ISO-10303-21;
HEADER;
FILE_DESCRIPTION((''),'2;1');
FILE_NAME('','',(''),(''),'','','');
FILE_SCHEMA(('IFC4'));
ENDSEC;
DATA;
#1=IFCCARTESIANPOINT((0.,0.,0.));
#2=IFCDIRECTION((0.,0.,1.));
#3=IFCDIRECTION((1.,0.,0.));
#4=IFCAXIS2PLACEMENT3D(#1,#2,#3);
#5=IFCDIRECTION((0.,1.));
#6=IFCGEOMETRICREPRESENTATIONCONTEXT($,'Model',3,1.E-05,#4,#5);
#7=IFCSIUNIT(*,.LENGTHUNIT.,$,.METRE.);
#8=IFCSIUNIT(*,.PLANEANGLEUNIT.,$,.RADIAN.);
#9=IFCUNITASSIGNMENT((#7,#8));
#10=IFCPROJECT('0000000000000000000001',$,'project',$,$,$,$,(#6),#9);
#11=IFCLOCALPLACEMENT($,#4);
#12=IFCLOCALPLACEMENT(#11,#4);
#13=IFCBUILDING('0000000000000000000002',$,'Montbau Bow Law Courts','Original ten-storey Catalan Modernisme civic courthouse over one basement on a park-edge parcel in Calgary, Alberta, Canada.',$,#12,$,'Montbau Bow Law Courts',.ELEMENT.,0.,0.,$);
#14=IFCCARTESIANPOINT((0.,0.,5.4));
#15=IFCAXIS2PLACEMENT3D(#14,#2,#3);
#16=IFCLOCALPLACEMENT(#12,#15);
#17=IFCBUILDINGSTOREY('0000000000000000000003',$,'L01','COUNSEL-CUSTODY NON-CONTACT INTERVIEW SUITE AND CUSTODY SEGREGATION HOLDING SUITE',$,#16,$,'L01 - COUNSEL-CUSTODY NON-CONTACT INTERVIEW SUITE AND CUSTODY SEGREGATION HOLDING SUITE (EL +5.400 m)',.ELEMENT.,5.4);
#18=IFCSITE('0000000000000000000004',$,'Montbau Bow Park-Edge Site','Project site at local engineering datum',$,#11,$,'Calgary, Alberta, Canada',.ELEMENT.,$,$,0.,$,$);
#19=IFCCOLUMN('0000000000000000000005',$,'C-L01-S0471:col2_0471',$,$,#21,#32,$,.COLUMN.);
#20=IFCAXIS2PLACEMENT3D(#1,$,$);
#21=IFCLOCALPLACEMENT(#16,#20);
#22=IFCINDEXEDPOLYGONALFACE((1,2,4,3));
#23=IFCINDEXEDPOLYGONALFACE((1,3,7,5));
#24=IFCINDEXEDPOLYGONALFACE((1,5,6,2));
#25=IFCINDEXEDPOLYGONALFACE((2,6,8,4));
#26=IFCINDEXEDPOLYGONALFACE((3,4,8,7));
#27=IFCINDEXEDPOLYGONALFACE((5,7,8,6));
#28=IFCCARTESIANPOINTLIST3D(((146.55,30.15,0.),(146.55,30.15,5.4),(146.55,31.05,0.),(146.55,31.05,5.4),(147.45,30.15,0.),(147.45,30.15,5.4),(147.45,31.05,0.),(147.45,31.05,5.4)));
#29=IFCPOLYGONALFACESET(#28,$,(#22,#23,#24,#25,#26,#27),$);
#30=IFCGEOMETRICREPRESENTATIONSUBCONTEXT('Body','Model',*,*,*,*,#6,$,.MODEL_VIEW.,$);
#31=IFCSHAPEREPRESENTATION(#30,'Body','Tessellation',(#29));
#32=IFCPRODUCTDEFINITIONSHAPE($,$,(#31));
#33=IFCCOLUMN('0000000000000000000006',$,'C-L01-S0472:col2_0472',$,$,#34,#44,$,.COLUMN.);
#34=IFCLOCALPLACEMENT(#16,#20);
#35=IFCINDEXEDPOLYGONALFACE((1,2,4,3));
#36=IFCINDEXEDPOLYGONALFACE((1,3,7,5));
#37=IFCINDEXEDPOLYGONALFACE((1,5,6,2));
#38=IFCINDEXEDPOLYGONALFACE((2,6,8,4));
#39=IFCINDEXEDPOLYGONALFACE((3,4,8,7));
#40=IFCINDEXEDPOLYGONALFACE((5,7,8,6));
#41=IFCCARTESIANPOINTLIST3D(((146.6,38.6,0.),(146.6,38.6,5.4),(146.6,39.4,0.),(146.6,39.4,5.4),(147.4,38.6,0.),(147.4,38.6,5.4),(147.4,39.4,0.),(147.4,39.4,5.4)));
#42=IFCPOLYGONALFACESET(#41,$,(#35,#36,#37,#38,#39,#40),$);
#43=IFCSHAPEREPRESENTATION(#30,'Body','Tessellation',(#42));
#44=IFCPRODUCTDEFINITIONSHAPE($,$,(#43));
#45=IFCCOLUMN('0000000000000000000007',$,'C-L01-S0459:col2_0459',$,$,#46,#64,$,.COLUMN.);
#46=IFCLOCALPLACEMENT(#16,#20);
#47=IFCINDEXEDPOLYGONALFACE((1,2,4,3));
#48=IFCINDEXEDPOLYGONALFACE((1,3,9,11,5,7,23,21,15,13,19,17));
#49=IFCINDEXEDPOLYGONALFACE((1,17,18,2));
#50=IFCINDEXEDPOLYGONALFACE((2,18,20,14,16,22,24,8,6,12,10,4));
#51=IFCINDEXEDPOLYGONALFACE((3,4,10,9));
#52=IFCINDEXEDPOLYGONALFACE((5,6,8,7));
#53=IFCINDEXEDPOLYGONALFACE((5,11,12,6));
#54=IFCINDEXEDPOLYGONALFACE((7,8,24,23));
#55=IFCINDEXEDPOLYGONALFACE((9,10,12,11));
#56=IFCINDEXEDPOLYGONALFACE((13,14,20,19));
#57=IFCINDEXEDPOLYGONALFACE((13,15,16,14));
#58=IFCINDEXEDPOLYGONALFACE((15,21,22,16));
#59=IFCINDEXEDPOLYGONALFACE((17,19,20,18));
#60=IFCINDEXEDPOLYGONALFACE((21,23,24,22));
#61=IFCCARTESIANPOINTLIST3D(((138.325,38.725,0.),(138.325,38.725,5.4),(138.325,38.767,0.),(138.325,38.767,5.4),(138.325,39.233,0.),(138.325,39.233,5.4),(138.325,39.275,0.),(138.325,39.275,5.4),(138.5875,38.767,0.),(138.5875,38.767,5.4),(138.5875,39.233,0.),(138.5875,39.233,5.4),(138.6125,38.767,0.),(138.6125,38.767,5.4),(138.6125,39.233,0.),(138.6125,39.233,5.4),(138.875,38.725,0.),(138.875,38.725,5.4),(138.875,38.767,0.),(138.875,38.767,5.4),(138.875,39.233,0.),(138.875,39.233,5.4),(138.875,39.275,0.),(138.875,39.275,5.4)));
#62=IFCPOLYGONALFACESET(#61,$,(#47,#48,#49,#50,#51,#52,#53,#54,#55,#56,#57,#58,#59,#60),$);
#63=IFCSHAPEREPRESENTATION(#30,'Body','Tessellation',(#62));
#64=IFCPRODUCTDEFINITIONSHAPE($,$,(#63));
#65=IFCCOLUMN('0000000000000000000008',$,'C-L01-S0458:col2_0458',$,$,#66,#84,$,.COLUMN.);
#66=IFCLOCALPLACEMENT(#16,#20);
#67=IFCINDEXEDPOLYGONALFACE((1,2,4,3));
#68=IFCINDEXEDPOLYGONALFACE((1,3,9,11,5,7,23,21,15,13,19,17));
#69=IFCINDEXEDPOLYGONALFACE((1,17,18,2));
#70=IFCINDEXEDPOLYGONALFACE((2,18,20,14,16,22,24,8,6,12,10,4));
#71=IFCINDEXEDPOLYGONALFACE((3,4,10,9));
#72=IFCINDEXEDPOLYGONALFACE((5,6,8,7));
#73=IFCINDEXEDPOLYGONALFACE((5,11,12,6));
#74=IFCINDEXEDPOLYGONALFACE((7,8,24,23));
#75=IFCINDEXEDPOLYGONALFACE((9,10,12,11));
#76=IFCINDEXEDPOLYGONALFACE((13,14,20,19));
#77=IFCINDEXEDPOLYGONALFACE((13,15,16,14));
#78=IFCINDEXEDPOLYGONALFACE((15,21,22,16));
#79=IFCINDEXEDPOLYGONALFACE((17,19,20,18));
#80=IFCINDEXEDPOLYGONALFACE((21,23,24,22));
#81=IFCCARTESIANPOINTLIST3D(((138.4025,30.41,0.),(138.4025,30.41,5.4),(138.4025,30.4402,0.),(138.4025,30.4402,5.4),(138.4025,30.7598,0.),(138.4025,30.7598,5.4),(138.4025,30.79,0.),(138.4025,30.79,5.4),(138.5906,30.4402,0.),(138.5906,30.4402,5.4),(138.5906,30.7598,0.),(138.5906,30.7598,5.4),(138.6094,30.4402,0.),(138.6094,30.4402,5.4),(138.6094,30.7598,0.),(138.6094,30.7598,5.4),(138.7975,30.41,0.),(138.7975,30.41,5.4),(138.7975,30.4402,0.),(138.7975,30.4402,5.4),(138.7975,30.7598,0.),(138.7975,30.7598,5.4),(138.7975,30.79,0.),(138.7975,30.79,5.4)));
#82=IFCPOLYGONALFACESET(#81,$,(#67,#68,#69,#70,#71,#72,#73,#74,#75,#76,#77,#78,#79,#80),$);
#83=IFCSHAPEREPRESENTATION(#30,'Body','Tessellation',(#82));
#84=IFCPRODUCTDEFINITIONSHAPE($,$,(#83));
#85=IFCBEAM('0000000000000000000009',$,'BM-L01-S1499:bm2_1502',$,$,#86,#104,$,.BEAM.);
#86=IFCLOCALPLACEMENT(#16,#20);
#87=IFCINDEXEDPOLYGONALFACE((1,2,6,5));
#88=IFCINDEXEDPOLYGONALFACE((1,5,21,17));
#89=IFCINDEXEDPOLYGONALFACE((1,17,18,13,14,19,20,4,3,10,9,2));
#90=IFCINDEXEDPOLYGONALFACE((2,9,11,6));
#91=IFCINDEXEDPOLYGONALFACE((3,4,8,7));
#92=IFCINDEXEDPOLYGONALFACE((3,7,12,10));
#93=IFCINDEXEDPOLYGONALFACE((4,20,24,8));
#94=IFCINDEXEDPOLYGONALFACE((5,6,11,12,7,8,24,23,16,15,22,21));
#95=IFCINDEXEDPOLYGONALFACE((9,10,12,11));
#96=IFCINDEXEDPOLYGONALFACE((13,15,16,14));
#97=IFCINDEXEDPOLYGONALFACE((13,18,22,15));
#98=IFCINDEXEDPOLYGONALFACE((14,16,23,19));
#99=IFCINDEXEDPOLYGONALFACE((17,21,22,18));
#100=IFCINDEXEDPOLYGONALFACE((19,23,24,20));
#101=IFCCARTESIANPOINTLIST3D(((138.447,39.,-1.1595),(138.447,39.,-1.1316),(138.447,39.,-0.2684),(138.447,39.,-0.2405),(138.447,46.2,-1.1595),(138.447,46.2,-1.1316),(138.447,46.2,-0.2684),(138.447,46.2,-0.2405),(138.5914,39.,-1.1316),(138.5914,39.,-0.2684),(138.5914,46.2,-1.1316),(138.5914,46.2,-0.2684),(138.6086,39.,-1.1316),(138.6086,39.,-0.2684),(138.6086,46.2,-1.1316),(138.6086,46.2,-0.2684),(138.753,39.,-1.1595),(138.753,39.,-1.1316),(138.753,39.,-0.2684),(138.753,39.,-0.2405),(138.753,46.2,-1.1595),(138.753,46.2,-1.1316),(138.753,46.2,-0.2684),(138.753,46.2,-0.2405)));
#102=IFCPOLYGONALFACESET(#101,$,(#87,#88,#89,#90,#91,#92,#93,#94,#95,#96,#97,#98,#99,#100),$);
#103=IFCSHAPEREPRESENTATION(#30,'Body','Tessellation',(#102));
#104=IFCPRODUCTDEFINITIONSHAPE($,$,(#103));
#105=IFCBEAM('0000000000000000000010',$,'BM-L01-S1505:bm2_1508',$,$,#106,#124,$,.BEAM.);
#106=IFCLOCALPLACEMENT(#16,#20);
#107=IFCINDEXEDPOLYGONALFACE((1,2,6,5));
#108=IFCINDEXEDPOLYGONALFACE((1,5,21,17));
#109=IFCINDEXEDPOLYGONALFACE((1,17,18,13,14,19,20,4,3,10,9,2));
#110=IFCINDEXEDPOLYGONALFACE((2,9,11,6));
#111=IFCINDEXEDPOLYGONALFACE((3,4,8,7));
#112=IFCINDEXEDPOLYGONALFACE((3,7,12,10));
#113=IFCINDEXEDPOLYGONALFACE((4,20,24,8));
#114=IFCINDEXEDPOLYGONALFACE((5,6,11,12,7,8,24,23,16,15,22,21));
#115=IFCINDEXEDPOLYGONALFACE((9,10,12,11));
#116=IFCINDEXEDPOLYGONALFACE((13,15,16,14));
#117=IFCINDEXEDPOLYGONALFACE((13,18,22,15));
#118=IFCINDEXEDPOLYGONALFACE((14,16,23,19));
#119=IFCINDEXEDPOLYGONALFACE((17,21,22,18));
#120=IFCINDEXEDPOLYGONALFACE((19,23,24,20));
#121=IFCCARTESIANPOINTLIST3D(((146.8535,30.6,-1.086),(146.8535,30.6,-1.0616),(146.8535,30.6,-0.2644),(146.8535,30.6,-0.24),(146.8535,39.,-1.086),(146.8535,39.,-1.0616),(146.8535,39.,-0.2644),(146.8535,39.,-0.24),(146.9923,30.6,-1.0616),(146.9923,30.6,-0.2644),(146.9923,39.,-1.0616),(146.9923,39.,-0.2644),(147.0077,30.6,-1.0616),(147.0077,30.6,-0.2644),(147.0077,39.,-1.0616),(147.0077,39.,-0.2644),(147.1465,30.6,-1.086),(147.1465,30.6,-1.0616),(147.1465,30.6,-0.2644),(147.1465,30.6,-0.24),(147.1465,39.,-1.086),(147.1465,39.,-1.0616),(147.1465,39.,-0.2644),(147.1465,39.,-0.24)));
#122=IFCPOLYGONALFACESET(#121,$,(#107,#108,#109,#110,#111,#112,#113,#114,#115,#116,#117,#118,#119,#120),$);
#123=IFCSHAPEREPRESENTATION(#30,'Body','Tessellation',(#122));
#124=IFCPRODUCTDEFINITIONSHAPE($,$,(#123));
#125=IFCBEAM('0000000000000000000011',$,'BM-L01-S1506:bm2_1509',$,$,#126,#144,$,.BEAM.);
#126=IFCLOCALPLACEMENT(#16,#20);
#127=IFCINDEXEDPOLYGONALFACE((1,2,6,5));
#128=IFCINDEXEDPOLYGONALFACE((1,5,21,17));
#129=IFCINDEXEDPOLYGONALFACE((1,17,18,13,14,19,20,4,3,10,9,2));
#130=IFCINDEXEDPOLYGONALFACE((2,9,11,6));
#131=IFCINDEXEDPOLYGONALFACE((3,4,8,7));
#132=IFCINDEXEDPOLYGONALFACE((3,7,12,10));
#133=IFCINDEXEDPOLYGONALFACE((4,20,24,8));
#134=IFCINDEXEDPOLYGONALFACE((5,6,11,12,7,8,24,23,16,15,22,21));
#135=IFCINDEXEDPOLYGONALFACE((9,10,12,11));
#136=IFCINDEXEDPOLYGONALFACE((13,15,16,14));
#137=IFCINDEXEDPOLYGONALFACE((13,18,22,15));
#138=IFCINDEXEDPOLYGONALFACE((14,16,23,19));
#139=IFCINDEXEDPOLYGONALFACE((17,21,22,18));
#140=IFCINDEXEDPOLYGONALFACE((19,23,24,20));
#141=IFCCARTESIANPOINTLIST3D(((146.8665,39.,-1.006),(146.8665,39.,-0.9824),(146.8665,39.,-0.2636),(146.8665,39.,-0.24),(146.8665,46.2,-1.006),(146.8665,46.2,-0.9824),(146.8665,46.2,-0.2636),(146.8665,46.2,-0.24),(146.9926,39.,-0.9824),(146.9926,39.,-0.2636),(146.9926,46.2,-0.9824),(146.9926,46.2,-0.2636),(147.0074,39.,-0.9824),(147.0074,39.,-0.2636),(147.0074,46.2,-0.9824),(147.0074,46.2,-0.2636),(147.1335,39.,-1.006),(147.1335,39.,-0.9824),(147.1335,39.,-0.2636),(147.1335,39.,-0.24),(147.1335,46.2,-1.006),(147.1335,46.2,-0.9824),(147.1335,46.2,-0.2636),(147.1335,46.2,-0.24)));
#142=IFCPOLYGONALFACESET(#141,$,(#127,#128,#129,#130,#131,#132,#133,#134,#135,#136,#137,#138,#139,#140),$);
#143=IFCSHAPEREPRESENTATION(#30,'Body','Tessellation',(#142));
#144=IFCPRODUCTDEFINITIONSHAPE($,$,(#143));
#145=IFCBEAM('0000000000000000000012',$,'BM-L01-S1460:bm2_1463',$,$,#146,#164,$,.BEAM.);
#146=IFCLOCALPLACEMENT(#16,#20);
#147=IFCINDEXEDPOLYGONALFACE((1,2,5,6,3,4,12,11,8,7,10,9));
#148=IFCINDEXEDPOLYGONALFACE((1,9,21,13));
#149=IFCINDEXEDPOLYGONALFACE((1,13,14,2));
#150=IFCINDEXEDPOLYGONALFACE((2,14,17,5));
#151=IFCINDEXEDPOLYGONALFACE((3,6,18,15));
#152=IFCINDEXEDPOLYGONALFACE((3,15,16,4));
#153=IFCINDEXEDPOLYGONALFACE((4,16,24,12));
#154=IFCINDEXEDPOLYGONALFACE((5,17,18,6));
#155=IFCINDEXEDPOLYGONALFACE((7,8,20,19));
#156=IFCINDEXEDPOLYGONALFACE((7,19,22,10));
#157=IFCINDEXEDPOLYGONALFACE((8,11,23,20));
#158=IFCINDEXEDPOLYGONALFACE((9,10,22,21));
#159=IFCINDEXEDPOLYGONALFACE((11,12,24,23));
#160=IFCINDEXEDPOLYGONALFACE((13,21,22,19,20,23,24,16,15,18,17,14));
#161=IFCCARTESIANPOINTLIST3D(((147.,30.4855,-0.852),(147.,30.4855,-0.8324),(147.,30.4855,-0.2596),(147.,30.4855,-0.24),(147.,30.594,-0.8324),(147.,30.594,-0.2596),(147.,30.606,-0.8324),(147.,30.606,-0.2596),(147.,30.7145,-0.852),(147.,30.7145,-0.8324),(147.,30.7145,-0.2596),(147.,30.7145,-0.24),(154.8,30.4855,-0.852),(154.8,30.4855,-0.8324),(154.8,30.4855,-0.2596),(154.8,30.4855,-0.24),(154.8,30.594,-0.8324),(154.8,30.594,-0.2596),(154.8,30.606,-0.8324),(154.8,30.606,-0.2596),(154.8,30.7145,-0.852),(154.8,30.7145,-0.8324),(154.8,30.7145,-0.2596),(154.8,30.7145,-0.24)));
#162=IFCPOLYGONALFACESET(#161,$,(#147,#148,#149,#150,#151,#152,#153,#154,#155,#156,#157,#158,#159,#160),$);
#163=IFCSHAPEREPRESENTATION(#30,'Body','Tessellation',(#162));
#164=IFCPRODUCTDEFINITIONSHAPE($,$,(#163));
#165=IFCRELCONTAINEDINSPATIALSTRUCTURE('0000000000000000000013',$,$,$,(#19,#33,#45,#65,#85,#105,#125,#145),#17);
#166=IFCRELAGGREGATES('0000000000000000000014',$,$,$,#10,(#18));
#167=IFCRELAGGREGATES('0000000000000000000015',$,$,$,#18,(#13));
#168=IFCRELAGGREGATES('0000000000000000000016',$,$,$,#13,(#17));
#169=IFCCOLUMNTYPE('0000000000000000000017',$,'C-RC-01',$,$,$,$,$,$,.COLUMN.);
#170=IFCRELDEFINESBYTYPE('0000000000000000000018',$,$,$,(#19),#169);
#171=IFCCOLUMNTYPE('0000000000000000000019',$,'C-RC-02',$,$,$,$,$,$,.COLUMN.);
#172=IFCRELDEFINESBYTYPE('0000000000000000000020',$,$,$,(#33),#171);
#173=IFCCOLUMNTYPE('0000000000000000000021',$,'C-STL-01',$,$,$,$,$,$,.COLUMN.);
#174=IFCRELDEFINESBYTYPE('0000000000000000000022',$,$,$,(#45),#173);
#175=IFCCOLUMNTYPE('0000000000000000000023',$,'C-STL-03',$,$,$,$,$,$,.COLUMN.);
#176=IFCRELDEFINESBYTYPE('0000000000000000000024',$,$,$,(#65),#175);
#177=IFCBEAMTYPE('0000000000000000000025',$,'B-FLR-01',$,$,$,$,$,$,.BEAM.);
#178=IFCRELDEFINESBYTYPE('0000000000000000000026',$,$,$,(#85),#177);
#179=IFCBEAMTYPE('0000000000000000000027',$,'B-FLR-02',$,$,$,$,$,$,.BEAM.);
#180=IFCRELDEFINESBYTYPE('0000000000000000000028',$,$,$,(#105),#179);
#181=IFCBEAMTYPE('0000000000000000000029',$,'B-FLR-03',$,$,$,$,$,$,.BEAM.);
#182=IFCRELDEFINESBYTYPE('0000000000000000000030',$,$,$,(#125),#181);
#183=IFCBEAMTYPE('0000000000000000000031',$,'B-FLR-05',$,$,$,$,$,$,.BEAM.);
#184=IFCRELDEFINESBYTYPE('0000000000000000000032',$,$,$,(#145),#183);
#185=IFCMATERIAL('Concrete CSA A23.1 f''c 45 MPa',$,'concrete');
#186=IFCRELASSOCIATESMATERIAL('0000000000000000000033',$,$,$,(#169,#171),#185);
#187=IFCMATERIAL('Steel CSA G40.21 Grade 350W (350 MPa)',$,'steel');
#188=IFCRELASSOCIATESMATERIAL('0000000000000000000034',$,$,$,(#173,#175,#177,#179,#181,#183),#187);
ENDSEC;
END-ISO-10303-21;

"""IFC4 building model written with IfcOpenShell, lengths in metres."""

from ifc_helpers import new_model, si_unit, direction, frame, origin_with_axes, origin_2d_with_axis, place, context, subcontext, project, spatial, rectangle, i_section, extrude, material, material_profile, profile_set, type_object, element, save


model = new_model("IFC4")

# Units and contexts
model_context = context("Model", 3, precision=1e-05, world=origin_with_axes(), true_north=direction((0.0, 1.0)))
body_context = subcontext(model_context, "Body", "Model", "MODEL_VIEW")
ifc_project = project(units=[si_unit("LENGTHUNIT", "METRE"), si_unit("PLANEANGLEUNIT", "RADIAN")], contexts=[model_context])

# Site, building, storey
site_placement = place(None, origin_with_axes())
site = spatial("IfcSite", under=ifc_project, at=site_placement, Name="Montbau Bow Park-Edge Site", Description="Project site at local engineering datum", LongName="Calgary, Alberta, Canada", CompositionType="ELEMENT", RefElevation=0.0)
building_placement = place(site_placement, origin_with_axes())
building = spatial("IfcBuilding", under=site, at=building_placement, Name="Montbau Bow Law Courts", Description="Original ten-storey Catalan Modernisme civic courthouse over one basement on a park-edge parcel in Calgary, Alberta, Canada.", LongName="Montbau Bow Law Courts", CompositionType="ELEMENT", ElevationOfRefHeight=0.0, ElevationOfTerrain=0.0)
storey_placement = place(building_placement, frame((0.0, 0.0, 5.4), z_axis=(0.0, 0.0, 1.0), x_axis=(1.0, 0.0, 0.0)))
storey = spatial("IfcBuildingStorey", under=building, at=storey_placement, Name="L01", Description="COUNSEL-CUSTODY NON-CONTACT INTERVIEW SUITE AND CUSTODY SEGREGATION HOLDING SUITE", LongName="L01 - COUNSEL-CUSTODY NON-CONTACT INTERVIEW SUITE AND CUSTODY SEGREGATION HOLDING SUITE (EL +5.400 m)", CompositionType="ELEMENT", Elevation=5.4)

# Columns
ifc_material_1 = material(Name="Concrete CSA A23.1 f'c 45 MPa", Category="concrete")
ifc_material_profile_1 = material_profile(ifc_material_1, rectangle(XDim=0.9, YDim=0.9, at=origin_2d_with_axis()), Name="RC900X900", Category="Main", Priority=0)
ifc_profile_set_1 = profile_set([ifc_material_profile_1], Name="Concrete CSA A23.1 f'c 45 MPa")
column_type_1 = type_object("IfcColumnType", Name="C-RC-01", PredefinedType="COLUMN", material=ifc_profile_set_1)
column_1_placement = place(None, frame((147.0, 30.6, 5.4), z_axis=(0.0, 0.0, 1.0), x_axis=(1.0, 0.0, 0.0)))
element("IfcColumn", 1, at=column_1_placement, inside=storey, type_object=column_type_1, Name="C-L01-S0471:col2_0471", PredefinedType="COLUMN", context=body_context, shape_type="SweptSolid", body=[
    extrude(rectangle(XDim=0.9, YDim=0.9, at=origin_2d_with_axis()), origin_with_axes(), (0.0, 0.0, 1.0), 5.4),
])
ifc_material_profile_2 = material_profile(ifc_material_1, rectangle(XDim=0.8, YDim=0.8, at=origin_2d_with_axis()), Name="RC800X800", Category="Main", Priority=0)
ifc_profile_set_2 = profile_set([ifc_material_profile_2], Name="Concrete CSA A23.1 f'c 45 MPa")
column_type_2 = type_object("IfcColumnType", Name="C-RC-02", PredefinedType="COLUMN", material=ifc_profile_set_2)
column_2_placement = place(None, frame((147.0, 39.0, 5.4), z_axis=(0.0, 0.0, 1.0), x_axis=(1.0, 0.0, 0.0)))
element("IfcColumn", 2, at=column_2_placement, inside=storey, type_object=column_type_2, Name="C-L01-S0472:col2_0472", PredefinedType="COLUMN", context=body_context, shape_type="SweptSolid", body=[
    extrude(rectangle(XDim=0.8, YDim=0.8, at=origin_2d_with_axis()), origin_with_axes(), (0.0, 0.0, 1.0), 5.4),
])
ifc_material_2 = material(Name="Steel CSA G40.21 Grade 350W (350 MPa)", Category="steel")
ifc_material_profile_3 = material_profile(ifc_material_2, i_section(OverallWidth=0.55, OverallDepth=0.55, WebThickness=0.025, FlangeThickness=0.042, at=origin_2d_with_axis()), Name="WWF550X420", Category="Main", Priority=0)
ifc_profile_set_3 = profile_set([ifc_material_profile_3], Name="Steel CSA G40.21 Grade 350W (350 MPa)")
column_type_3 = type_object("IfcColumnType", Name="C-STL-01", PredefinedType="COLUMN", material=ifc_profile_set_3)
column_3_placement = place(None, frame((138.6, 39.0, 5.4), z_axis=(0.0, 0.0, 1.0), x_axis=(1.0, 0.0, 0.0)))
element("IfcColumn", 3, at=column_3_placement, inside=storey, type_object=column_type_3, Name="C-L01-S0459:col2_0459", PredefinedType="COLUMN", context=body_context, shape_type="SweptSolid", body=[
    extrude(i_section(OverallWidth=0.55, OverallDepth=0.55, WebThickness=0.025, FlangeThickness=0.042, at=origin_2d_with_axis()), origin_with_axes(), (0.0, 0.0, 1.0), 5.4),
])
ifc_material_profile_4 = material_profile(ifc_material_2, i_section(OverallWidth=0.395, OverallDepth=0.38, WebThickness=0.0189, FlangeThickness=0.0302, at=origin_2d_with_axis()), Name="W360X237", Category="Main", Priority=0)
ifc_profile_set_4 = profile_set([ifc_material_profile_4], Name="Steel CSA G40.21 Grade 350W (350 MPa)")
column_type_4 = type_object("IfcColumnType", Name="C-STL-03", PredefinedType="COLUMN", material=ifc_profile_set_4)
column_4_placement = place(None, frame((138.6, 30.6, 5.4), z_axis=(0.0, 0.0, 1.0), x_axis=(1.0, 0.0, 0.0)))
element("IfcColumn", 4, at=column_4_placement, inside=storey, type_object=column_type_4, Name="C-L01-S0458:col2_0458", PredefinedType="COLUMN", context=body_context, shape_type="SweptSolid", body=[
    extrude(i_section(OverallWidth=0.395, OverallDepth=0.38, WebThickness=0.0189, FlangeThickness=0.0302, at=origin_2d_with_axis()), origin_with_axes(), (0.0, 0.0, 1.0), 5.4),
])

# Beams
ifc_material_profile_5 = material_profile(ifc_material_2, i_section(OverallWidth=0.306, OverallDepth=0.919, WebThickness=0.0173, FlangeThickness=0.0279, at=origin_2d_with_axis()), Name="W920X253", Category="Main", Priority=0)
ifc_profile_set_5 = profile_set([ifc_material_profile_5], Name="Steel CSA G40.21 Grade 350W (350 MPa)")
beam_type_1 = type_object("IfcBeamType", Name="B-FLR-01", PredefinedType="BEAM", material=ifc_profile_set_5)
beam_1_placement = place(None, frame((138.6, 39.0, 4.7), z_axis=(0.0, 1.0, 0.0), x_axis=(-1.0, 0.0, 0.0)))
element("IfcBeam", 5, at=beam_1_placement, inside=storey, type_object=beam_type_1, Name="BM-L01-S1499:bm2_1502", PredefinedType="BEAM", context=body_context, shape_type="SweptSolid", body=[
    extrude(i_section(OverallWidth=0.306, OverallDepth=0.919, WebThickness=0.0173, FlangeThickness=0.0279, at=origin_2d_with_axis()), origin_with_axes(), (0.0, 0.0, 1.0), 7.2),
])
ifc_material_profile_6 = material_profile(ifc_material_2, i_section(OverallWidth=0.293, OverallDepth=0.846, WebThickness=0.0154, FlangeThickness=0.0244, at=origin_2d_with_axis()), Name="W840X210", Category="Main", Priority=0)
ifc_profile_set_6 = profile_set([ifc_material_profile_6], Name="Steel CSA G40.21 Grade 350W (350 MPa)")
beam_type_2 = type_object("IfcBeamType", Name="B-FLR-02", PredefinedType="BEAM", material=ifc_profile_set_6)
beam_2_placement = place(None, frame((147.0, 30.6, 4.737), z_axis=(0.0, 1.0, 0.0), x_axis=(-1.0, 0.0, 0.0)))
element("IfcBeam", 6, at=beam_2_placement, inside=storey, type_object=beam_type_2, Name="BM-L01-S1505:bm2_1508", PredefinedType="BEAM", context=body_context, shape_type="SweptSolid", body=[
    extrude(i_section(OverallWidth=0.293, OverallDepth=0.846, WebThickness=0.0154, FlangeThickness=0.0244, at=origin_2d_with_axis()), origin_with_axes(), (0.0, 0.0, 1.0), 8.4),
])
ifc_material_profile_7 = material_profile(ifc_material_2, i_section(OverallWidth=0.267, OverallDepth=0.766, WebThickness=0.0149, FlangeThickness=0.0236, at=origin_2d_with_axis()), Name="W760X185", Category="Main", Priority=0)
ifc_profile_set_7 = profile_set([ifc_material_profile_7], Name="Steel CSA G40.21 Grade 350W (350 MPa)")
beam_type_3 = type_object("IfcBeamType", Name="B-FLR-03", PredefinedType="BEAM", material=ifc_profile_set_7)
beam_3_placement = place(None, frame((147.0, 39.0, 4.777), z_axis=(0.0, 1.0, 0.0), x_axis=(-1.0, 0.0, 0.0)))
element("IfcBeam", 7, at=beam_3_placement, inside=storey, type_object=beam_type_3, Name="BM-L01-S1506:bm2_1509", PredefinedType="BEAM", context=body_context, shape_type="SweptSolid", body=[
    extrude(i_section(OverallWidth=0.267, OverallDepth=0.766, WebThickness=0.0149, FlangeThickness=0.0236, at=origin_2d_with_axis()), origin_with_axes(), (0.0, 0.0, 1.0), 7.2),
])
ifc_material_profile_8 = material_profile(ifc_material_2, i_section(OverallWidth=0.229, OverallDepth=0.612, WebThickness=0.0119, FlangeThickness=0.0196, at=origin_2d_with_axis()), Name="W610X125", Category="Main", Priority=0)
ifc_profile_set_8 = profile_set([ifc_material_profile_8], Name="Steel CSA G40.21 Grade 350W (350 MPa)")
beam_type_4 = type_object("IfcBeamType", Name="B-FLR-05", PredefinedType="BEAM", material=ifc_profile_set_8)
beam_4_placement = place(None, frame((147.0, 30.6, 4.854), z_axis=(1.0, 0.0, 0.0), x_axis=(0.0, 1.0, 0.0)))
element("IfcBeam", 8, at=beam_4_placement, inside=storey, type_object=beam_type_4, Name="BM-L01-S1460:bm2_1463", PredefinedType="BEAM", context=body_context, shape_type="SweptSolid", body=[
    extrude(i_section(OverallWidth=0.229, OverallDepth=0.612, WebThickness=0.0119, FlangeThickness=0.0196, at=origin_2d_with_axis()), origin_with_axes(), (0.0, 0.0, 1.0), 7.8),
])

save(model, "model.ifc")
